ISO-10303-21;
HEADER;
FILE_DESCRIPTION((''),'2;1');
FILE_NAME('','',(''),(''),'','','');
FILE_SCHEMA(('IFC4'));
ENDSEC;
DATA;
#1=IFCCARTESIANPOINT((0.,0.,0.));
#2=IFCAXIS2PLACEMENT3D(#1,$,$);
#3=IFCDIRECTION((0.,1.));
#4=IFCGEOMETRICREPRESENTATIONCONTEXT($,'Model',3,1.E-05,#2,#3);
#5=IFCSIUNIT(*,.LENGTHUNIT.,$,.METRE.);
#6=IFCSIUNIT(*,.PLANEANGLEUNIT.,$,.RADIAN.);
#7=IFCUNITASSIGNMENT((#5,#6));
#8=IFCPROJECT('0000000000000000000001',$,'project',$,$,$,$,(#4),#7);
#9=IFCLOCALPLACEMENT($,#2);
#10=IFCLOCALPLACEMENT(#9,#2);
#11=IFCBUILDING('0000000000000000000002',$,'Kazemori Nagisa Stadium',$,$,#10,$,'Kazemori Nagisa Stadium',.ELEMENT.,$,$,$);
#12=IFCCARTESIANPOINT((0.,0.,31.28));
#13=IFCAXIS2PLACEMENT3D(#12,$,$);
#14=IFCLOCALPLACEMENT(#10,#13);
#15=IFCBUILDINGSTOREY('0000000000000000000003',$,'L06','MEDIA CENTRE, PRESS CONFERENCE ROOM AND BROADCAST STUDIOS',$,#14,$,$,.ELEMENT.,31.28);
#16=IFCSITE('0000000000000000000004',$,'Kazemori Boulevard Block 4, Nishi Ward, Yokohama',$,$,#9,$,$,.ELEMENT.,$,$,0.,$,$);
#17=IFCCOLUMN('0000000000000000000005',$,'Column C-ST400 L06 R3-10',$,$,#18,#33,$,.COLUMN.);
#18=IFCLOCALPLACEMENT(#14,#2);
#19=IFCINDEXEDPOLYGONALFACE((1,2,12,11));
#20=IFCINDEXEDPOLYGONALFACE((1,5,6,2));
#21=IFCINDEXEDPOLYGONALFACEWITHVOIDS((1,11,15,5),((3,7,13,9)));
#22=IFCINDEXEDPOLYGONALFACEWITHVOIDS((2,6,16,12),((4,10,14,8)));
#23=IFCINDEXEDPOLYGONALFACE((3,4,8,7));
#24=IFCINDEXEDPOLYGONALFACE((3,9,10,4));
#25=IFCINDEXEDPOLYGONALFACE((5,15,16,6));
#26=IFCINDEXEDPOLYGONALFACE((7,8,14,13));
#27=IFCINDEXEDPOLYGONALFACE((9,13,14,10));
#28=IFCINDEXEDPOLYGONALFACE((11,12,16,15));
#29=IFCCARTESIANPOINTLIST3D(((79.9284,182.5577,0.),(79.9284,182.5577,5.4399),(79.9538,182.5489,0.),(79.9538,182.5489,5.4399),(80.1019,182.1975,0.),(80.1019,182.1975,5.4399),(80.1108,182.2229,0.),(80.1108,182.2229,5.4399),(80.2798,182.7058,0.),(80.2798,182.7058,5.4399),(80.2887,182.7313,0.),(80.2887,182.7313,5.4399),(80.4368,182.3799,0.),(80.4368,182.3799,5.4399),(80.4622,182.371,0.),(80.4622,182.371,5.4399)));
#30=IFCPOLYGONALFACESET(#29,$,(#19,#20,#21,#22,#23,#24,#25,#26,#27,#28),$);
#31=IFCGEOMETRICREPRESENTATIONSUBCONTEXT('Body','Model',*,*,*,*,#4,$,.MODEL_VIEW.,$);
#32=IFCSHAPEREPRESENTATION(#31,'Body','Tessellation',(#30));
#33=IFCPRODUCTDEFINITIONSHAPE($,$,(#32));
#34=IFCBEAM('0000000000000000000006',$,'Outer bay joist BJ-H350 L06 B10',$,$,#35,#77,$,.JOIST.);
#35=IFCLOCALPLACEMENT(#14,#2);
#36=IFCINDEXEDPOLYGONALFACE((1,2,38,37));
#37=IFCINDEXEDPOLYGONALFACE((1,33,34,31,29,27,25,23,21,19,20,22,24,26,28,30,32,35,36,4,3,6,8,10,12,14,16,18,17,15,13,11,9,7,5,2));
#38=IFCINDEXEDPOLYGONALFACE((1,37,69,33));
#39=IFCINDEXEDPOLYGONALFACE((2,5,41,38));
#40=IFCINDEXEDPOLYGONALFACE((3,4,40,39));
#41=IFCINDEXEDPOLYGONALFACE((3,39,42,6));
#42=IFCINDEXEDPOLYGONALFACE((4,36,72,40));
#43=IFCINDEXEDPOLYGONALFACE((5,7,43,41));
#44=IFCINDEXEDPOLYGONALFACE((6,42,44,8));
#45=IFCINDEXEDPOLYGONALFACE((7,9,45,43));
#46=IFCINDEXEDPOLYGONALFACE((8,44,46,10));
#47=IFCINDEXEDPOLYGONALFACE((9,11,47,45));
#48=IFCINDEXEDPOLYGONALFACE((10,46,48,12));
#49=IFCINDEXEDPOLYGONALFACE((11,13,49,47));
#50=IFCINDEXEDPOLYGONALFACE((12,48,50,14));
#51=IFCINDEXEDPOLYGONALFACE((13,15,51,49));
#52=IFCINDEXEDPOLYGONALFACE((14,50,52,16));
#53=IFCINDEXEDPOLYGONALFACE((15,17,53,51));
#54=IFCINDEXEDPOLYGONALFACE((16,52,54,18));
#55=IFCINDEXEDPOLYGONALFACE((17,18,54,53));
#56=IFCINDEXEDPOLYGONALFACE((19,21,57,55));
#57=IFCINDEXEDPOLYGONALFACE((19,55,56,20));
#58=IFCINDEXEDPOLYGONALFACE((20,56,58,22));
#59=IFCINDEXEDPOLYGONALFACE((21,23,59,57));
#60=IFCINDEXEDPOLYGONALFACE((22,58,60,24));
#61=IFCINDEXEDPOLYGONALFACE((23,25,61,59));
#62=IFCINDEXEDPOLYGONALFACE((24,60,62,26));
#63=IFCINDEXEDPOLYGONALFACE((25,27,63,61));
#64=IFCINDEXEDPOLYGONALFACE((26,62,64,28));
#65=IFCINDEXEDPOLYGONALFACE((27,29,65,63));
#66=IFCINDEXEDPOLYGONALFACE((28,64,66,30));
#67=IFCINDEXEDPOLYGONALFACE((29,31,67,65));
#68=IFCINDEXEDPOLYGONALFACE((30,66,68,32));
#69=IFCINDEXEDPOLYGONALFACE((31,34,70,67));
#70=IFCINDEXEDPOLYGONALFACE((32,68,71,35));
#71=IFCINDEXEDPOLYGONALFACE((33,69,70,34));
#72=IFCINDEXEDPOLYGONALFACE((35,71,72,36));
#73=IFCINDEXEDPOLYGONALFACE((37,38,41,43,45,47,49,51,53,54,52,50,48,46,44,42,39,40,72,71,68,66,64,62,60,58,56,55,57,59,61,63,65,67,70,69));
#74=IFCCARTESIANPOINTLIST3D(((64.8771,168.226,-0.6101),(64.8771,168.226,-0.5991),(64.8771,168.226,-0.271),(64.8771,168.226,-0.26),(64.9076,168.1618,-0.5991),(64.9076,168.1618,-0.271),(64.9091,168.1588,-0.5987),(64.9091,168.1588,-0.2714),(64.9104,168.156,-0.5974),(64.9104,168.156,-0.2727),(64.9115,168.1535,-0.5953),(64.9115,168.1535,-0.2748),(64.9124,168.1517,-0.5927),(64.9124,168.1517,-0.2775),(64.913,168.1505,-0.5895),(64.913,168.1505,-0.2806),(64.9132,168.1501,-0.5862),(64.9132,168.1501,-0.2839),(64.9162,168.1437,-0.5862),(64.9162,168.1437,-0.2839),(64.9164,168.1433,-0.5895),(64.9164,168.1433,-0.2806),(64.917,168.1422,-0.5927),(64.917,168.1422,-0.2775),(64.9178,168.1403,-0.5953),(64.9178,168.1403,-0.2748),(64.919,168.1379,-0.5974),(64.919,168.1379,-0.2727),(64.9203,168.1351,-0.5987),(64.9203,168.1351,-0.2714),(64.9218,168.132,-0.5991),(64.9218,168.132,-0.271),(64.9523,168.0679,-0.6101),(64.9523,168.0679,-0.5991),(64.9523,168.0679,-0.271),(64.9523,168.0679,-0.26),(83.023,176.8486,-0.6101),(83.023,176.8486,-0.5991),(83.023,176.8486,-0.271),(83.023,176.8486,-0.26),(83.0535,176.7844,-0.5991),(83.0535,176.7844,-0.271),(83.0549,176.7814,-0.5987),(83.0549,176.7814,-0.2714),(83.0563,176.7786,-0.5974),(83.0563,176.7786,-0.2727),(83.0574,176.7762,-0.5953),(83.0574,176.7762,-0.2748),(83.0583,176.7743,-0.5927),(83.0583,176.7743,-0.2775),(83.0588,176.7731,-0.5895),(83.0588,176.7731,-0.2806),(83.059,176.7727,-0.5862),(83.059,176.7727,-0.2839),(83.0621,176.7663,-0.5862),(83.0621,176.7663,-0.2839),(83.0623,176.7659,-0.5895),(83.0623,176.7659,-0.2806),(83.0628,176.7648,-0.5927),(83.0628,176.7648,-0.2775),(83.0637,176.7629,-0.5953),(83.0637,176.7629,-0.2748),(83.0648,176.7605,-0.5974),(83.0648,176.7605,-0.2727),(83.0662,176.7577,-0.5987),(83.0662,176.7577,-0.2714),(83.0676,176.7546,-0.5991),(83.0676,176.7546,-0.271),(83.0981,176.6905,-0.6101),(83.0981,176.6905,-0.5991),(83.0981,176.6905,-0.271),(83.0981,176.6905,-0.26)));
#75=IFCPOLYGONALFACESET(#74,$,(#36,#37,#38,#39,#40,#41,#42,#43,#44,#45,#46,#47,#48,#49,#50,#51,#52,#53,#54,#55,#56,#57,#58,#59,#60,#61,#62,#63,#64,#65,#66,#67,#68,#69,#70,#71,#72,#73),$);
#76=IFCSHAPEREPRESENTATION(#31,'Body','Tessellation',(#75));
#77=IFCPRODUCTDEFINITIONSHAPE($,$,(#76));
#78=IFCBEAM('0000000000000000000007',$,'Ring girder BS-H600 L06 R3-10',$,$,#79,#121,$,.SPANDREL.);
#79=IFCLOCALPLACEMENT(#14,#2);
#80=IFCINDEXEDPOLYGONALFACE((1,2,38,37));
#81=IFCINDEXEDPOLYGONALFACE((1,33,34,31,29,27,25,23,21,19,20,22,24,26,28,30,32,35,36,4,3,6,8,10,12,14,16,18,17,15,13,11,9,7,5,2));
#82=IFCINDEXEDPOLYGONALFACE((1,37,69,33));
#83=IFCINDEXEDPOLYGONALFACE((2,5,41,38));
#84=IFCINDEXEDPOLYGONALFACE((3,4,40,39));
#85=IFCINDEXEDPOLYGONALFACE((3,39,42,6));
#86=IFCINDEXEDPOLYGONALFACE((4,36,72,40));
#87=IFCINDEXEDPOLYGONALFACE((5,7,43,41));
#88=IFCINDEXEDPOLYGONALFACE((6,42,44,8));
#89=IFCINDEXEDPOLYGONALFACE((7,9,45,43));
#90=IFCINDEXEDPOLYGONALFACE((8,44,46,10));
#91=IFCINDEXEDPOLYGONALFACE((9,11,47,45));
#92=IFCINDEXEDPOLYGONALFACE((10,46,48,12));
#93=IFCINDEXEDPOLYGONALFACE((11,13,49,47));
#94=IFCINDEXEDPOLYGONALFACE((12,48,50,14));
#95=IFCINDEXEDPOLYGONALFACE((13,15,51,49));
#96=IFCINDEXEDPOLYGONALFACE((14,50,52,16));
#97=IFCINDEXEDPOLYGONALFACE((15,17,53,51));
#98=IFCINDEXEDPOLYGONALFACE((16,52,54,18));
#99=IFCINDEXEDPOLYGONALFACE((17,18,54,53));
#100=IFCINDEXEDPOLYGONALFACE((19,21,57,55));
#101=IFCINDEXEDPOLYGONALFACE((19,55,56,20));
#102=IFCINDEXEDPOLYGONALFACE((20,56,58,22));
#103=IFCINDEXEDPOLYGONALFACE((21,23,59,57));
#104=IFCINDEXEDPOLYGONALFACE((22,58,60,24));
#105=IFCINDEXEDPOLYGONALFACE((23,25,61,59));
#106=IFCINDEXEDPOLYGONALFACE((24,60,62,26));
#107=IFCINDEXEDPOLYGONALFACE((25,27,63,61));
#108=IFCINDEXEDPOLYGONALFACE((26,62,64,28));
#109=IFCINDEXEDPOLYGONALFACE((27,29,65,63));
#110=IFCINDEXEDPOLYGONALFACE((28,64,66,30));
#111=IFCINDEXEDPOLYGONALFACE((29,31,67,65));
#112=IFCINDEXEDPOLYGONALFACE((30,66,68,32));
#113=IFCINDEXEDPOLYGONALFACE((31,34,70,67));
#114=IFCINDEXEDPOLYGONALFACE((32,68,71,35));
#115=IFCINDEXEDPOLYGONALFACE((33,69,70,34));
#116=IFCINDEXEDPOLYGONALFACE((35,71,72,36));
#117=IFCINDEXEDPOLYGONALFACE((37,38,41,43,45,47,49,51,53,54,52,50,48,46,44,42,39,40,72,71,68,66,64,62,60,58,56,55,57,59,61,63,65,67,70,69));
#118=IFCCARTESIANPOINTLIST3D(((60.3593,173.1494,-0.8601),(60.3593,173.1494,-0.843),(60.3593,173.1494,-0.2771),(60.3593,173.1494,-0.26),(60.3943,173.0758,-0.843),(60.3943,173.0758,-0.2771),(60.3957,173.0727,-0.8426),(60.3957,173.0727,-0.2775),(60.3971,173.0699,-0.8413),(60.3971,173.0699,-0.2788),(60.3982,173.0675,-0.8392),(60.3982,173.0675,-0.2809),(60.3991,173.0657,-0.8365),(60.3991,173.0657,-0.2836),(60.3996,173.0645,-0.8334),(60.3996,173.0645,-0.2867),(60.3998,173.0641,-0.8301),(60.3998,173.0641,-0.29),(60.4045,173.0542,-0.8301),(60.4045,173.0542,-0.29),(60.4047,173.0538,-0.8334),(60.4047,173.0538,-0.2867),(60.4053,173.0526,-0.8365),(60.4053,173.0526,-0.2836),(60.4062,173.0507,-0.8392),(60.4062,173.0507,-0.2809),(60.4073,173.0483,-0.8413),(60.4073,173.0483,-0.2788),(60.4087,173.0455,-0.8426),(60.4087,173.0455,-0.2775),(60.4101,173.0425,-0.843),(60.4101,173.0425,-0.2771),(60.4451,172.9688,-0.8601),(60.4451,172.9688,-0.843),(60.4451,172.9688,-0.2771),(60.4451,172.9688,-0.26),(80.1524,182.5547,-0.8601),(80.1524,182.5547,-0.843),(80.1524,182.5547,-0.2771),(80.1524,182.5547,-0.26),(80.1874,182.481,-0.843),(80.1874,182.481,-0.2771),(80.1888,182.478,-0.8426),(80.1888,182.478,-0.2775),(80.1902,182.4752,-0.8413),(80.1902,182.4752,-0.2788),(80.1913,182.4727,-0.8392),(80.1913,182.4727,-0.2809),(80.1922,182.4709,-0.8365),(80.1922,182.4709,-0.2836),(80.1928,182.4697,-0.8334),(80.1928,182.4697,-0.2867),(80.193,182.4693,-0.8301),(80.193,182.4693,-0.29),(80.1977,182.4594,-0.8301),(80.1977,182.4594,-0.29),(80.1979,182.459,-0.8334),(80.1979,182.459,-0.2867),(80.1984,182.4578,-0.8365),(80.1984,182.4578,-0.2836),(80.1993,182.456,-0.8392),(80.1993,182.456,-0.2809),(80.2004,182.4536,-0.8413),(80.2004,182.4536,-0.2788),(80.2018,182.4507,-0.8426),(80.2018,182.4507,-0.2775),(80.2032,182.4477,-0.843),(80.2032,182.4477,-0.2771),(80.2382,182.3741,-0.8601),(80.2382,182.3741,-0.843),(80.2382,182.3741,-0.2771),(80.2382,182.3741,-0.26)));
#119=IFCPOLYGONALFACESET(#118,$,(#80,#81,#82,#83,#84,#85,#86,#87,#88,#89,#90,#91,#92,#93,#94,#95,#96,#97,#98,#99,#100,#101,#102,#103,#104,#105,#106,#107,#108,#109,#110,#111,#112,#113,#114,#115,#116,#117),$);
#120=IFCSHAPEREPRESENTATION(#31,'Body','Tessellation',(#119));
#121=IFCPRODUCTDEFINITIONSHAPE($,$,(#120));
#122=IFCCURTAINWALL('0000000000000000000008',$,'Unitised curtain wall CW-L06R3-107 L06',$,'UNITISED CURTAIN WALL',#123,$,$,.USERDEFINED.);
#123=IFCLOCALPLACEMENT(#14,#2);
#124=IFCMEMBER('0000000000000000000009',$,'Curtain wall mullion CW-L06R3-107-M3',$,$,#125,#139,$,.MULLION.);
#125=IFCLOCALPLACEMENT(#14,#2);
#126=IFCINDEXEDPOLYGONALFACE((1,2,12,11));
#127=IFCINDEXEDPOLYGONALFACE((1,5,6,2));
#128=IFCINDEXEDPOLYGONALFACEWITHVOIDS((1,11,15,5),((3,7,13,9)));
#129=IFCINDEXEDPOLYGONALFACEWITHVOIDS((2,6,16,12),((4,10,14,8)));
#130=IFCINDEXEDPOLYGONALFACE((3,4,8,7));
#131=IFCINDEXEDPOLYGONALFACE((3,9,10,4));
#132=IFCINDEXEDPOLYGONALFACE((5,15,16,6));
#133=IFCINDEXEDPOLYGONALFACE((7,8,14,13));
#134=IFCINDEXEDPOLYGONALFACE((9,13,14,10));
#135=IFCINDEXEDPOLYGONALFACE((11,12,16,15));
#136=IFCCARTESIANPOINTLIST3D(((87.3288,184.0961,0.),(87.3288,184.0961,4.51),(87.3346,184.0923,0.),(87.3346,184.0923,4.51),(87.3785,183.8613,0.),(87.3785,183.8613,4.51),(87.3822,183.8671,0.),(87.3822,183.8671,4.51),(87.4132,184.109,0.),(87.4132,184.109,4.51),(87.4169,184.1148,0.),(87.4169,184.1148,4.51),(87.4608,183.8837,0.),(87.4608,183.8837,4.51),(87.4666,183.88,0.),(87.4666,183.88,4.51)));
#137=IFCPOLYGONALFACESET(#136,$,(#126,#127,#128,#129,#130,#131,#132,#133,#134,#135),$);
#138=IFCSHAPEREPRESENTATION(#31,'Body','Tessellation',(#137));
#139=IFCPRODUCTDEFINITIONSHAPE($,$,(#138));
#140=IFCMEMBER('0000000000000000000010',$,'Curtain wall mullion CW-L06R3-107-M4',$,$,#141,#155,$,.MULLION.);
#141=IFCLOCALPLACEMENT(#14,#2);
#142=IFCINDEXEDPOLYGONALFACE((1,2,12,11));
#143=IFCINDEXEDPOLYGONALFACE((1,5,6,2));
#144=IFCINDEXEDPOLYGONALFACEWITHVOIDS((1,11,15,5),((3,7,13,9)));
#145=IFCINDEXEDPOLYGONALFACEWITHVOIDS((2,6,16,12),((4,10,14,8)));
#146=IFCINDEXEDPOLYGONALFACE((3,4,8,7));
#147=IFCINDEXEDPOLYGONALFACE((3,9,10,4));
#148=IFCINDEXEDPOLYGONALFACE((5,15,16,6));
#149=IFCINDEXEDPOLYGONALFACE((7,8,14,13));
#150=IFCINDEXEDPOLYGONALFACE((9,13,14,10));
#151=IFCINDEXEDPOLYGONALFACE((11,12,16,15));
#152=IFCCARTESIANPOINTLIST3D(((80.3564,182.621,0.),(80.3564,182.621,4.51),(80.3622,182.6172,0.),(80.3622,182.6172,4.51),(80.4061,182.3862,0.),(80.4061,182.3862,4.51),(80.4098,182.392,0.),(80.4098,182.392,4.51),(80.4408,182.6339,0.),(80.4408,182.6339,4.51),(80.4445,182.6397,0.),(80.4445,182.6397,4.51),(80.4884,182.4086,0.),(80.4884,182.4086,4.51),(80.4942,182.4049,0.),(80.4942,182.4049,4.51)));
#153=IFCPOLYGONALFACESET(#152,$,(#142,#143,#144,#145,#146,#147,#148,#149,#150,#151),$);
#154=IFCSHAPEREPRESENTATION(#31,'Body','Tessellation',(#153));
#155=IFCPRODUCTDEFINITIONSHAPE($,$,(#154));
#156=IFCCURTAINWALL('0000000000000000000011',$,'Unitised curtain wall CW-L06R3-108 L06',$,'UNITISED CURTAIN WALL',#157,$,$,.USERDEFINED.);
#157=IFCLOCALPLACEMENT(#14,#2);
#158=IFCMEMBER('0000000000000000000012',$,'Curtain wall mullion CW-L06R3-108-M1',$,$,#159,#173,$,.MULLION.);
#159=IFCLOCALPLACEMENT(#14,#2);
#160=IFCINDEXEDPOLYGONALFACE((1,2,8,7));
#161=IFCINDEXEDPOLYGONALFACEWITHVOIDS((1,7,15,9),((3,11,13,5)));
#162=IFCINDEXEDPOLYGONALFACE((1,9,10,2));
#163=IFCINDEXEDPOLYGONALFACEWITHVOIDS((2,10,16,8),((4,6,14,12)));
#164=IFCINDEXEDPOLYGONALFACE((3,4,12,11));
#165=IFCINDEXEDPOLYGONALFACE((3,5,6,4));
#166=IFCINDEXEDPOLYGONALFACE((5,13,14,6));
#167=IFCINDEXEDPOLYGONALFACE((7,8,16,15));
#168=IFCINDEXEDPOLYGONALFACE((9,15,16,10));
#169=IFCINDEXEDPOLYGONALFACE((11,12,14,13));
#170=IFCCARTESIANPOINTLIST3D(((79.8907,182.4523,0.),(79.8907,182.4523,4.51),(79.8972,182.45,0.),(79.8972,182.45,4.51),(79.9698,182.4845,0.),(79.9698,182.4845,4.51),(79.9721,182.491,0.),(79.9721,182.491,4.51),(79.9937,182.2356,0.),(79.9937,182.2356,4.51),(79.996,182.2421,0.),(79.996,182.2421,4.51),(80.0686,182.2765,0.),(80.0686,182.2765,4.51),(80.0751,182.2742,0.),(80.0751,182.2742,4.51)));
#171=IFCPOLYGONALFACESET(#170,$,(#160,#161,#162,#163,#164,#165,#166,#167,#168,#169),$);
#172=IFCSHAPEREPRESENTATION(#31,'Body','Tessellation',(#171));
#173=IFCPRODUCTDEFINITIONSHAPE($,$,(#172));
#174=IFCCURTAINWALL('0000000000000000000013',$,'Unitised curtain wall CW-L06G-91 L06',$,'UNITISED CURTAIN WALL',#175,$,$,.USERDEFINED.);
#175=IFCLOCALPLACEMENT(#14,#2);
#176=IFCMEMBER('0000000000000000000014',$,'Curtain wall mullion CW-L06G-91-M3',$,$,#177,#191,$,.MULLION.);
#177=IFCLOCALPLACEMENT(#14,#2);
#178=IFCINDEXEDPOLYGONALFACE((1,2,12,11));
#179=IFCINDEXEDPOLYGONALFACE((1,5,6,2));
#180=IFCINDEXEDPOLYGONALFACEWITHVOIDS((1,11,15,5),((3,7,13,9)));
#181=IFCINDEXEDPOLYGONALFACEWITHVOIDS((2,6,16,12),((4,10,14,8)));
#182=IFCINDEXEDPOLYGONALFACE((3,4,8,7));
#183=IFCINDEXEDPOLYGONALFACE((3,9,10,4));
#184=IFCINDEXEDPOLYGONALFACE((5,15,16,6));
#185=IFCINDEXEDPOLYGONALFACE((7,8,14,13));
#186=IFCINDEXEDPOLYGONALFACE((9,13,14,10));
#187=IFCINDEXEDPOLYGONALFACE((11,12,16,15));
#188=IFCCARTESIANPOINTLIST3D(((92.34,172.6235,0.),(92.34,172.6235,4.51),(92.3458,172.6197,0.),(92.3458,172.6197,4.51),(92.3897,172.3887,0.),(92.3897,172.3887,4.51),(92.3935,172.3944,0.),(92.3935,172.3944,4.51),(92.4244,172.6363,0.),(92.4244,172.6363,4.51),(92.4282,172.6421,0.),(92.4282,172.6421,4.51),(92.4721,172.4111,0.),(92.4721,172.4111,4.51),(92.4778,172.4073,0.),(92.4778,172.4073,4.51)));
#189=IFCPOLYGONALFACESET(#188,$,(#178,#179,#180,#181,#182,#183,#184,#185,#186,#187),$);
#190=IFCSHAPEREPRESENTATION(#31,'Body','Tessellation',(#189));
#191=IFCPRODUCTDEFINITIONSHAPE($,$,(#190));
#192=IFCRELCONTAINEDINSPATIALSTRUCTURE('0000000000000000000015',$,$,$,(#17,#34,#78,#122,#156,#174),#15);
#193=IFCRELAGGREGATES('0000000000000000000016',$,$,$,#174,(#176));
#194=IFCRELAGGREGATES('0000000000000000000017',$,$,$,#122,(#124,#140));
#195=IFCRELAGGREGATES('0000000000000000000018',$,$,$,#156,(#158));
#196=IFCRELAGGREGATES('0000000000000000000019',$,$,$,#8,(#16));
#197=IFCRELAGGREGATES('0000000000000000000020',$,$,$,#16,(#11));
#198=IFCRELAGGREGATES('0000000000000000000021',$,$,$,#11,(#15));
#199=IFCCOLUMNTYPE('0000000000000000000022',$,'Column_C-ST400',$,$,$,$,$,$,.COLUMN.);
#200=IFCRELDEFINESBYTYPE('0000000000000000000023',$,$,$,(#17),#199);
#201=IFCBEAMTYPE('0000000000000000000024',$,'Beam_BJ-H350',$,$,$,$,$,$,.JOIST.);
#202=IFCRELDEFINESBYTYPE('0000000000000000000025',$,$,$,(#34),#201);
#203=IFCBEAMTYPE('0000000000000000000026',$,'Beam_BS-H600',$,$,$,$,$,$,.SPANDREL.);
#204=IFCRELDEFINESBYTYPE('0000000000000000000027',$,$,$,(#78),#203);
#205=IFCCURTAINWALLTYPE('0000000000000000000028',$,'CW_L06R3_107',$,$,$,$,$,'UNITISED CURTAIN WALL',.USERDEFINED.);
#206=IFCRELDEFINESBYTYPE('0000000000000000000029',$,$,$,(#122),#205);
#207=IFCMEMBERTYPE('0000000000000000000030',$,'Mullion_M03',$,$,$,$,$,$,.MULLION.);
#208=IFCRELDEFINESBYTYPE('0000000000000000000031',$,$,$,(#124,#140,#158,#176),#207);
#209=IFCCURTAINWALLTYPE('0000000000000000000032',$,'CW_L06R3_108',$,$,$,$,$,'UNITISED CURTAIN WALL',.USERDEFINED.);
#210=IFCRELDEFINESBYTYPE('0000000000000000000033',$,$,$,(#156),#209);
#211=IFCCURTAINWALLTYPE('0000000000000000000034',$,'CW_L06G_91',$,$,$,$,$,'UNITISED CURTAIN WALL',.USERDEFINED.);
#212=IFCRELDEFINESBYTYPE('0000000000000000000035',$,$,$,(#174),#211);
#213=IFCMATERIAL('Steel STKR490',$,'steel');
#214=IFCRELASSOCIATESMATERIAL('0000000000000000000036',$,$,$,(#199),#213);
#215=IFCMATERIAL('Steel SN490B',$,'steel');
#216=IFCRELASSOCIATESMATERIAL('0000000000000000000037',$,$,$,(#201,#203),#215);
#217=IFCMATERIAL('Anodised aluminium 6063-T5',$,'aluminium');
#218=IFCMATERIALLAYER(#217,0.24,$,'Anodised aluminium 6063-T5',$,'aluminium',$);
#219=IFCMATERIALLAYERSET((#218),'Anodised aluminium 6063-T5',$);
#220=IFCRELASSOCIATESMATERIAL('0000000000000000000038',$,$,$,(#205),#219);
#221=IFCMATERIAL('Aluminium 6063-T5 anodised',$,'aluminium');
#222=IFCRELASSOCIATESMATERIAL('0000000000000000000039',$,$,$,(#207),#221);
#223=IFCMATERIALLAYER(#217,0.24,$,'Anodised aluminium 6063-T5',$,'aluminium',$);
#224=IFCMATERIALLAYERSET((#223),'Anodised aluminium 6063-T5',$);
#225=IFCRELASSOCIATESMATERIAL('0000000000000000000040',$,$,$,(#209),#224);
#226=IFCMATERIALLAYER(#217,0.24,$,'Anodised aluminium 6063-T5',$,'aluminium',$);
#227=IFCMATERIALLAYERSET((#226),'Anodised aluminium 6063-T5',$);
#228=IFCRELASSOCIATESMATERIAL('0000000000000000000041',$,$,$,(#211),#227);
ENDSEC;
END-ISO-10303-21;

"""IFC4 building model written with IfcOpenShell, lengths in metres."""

from ifc_helpers import new_model, si_unit, direction, frame, origin, origin_2d, place, context, subcontext, project, spatial, hollow_rectangle, i_section, extrude, material, layer, layer_set, material_profile, profile_set, type_object, element, aggregate, save


model = new_model("IFC4")

# Units and contexts
model_context = context("Model", 3, precision=1e-05, world=origin(), true_north=direction((0.0, 1.0)))
body_context = subcontext(model_context, "Body", "Model", "MODEL_VIEW")
ifc_project = project(units=[si_unit("LENGTHUNIT", "METRE"), si_unit("PLANEANGLEUNIT", "RADIAN")], contexts=[model_context])

# Site, building, storey
site_placement = place(None, origin())
site = spatial("IfcSite", under=ifc_project, at=site_placement, Name="Kazemori Boulevard Block 4, Nishi Ward, Yokohama", CompositionType="ELEMENT", RefElevation=0.0)
building_placement = place(site_placement, origin())
building = spatial("IfcBuilding", under=site, at=building_placement, Name="Kazemori Nagisa Stadium", LongName="Kazemori Nagisa Stadium", CompositionType="ELEMENT")
storey_placement = place(building_placement, frame((0.0, 0.0, 31.28)))
storey = spatial("IfcBuildingStorey", under=building, at=storey_placement, Name="L06", Description="MEDIA CENTRE, PRESS CONFERENCE ROOM AND BROADCAST STUDIOS", CompositionType="ELEMENT", Elevation=31.28)

# Column
ifc_material_1 = material(Name="Steel STKR490", Category="steel")
ifc_material_profile_1 = material_profile(ifc_material_1, hollow_rectangle(XDim=0.3999, YDim=0.3999, WallThickness=0.019, at=origin_2d()), Name="SHS-400x400x19")
ifc_profile_set_1 = profile_set([ifc_material_profile_1], Name="Steel STKR490")
column_type = type_object("IfcColumnType", Name="Column_C-ST400", PredefinedType="COLUMN", material=ifc_profile_set_1)
column_placement = place(storey_placement, frame((80.1953, 182.4644, 0.0), z_axis=(0.0, 0.0, 1.0), x_axis=(-0.433884, 0.900969, 0.0)))
element("IfcColumn", 1, at=column_placement, inside=storey, type_object=column_type, Name="Column C-ST400 L06 R3-10", PredefinedType="COLUMN", context=body_context, shape_type="SweptSolid", body=[
    extrude(hollow_rectangle(XDim=0.3999, YDim=0.3999, WallThickness=0.019, at=origin_2d()), origin(), (0.0, 0.0, 1.0), 5.4399),
])

# Beams
ifc_material_2 = material(Name="Steel SN490B", Category="steel")
ifc_material_profile_2 = material_profile(ifc_material_2, i_section(OverallWidth=0.175, OverallDepth=0.3501, WebThickness=0.0071, FlangeThickness=0.011, FilletRadius=0.0129, at=origin_2d()), Name="H-350x175x7x11")
ifc_profile_set_2 = profile_set([ifc_material_profile_2], Name="Steel SN490B")
beam_type_1 = type_object("IfcBeamType", Name="Beam_BJ-H350", PredefinedType="JOIST", material=ifc_profile_set_2)
beam_1_placement = place(storey_placement, frame((83.0605, 176.7695, -0.4351), z_axis=(-0.903213, -0.429192, 0.0), x_axis=(0.429192, -0.903213, 0.0)))
element("IfcBeam", 2, at=beam_1_placement, inside=storey, type_object=beam_type_1, Name="Outer bay joist BJ-H350 L06 B10", PredefinedType="JOIST", context=body_context, shape_type="SweptSolid", body=[
    extrude(i_section(OverallWidth=0.175, OverallDepth=0.3501, WebThickness=0.0071, FlangeThickness=0.011, FilletRadius=0.0129, at=origin_2d()), origin(), (0.0, 0.0, 1.0), 20.0903),
])
ifc_material_profile_3 = material_profile(ifc_material_2, i_section(OverallWidth=0.2, OverallDepth=0.6001, WebThickness=0.011, FlangeThickness=0.0171, FilletRadius=0.0129, at=origin_2d()), Name="H-600x200x11x17")
ifc_profile_set_3 = profile_set([ifc_material_profile_3], Name="Steel SN490B")
beam_type_2 = type_object("IfcBeamType", Name="Beam_BS-H600", PredefinedType="SPANDREL", material=ifc_profile_set_3)
beam_2_placement = place(storey_placement, frame((80.1953, 182.4644, -0.5601), z_axis=(-0.903216, -0.429187, 0.0), x_axis=(0.429187, -0.903216, 0.0)))
element("IfcBeam", 3, at=beam_2_placement, inside=storey, type_object=beam_type_2, Name="Ring girder BS-H600 L06 R3-10", PredefinedType="SPANDREL", context=body_context, shape_type="SweptSolid", body=[
    extrude(i_section(OverallWidth=0.2, OverallDepth=0.6001, WebThickness=0.011, FlangeThickness=0.0171, FilletRadius=0.0129, at=origin_2d()), origin(), (0.0, 0.0, 1.0), 21.9141),
])

# Curtain wall, members
ifc_material_3 = material(Name="Anodised aluminium 6063-T5", Category="aluminium")
ifc_layer_1 = layer(ifc_material_3, 0.24, Name="Anodised aluminium 6063-T5", Category="aluminium")
ifc_layer_set_1 = layer_set([ifc_layer_1], Name="Anodised aluminium 6063-T5")
curtain_wall_type_1 = type_object("IfcCurtainWallType", Name="CW_L06R3_107", ElementType="UNITISED CURTAIN WALL", PredefinedType="USERDEFINED", material=ifc_layer_set_1)
curtain_wall_1_placement = place(storey_placement, origin())
curtain_wall_1 = element("IfcCurtainWall", 4, at=curtain_wall_1_placement, inside=storey, type_object=curtain_wall_type_1, Name="Unitised curtain wall CW-L06R3-107 L06", ObjectType="UNITISED CURTAIN WALL", PredefinedType="USERDEFINED")
ifc_material_4 = material(Name="Aluminium 6063-T5 anodised", Category="aluminium")
ifc_material_profile_4 = material_profile(ifc_material_4, hollow_rectangle(XDim=0.0901, YDim=0.24, WallThickness=0.0049, at=origin_2d()), Name="ALU-MULL-90x240x5")
ifc_profile_set_4 = profile_set([ifc_material_profile_4], Name="Aluminium 6063-T5 anodised")
member_type_1 = type_object("IfcMemberType", Name="Mullion_M03", PredefinedType="MULLION", material=ifc_profile_set_4)
member_1_placement = place(storey_placement, frame((87.3977, 183.988, 0.0), z_axis=(0.0, 0.0, 1.0), x_axis=(-0.978345, -0.206981, 0.0)))
member_1 = element("IfcMember", 5, at=member_1_placement, type_object=member_type_1, Name="Curtain wall mullion CW-L06R3-107-M3", PredefinedType="MULLION", context=body_context, shape_type="SweptSolid", body=[
    extrude(hollow_rectangle(XDim=0.0901, YDim=0.24, WallThickness=0.0049, at=origin_2d()), origin(), (0.0, 0.0, 1.0), 4.51),
])
member_2_placement = place(storey_placement, frame((80.4253, 182.5129, 0.0), z_axis=(0.0, 0.0, 1.0), x_axis=(-0.978345, -0.206981, 0.0)))
member_2 = element("IfcMember", 6, at=member_2_placement, type_object=member_type_1, Name="Curtain wall mullion CW-L06R3-107-M4", PredefinedType="MULLION", context=body_context, shape_type="SweptSolid", body=[
    extrude(hollow_rectangle(XDim=0.0901, YDim=0.24, WallThickness=0.0049, at=origin_2d()), origin(), (0.0, 0.0, 1.0), 4.51),
])

# Curtain walls, members
ifc_layer_2 = layer(ifc_material_3, 0.24, Name="Anodised aluminium 6063-T5", Category="aluminium")
ifc_layer_set_2 = layer_set([ifc_layer_2], Name="Anodised aluminium 6063-T5")
curtain_wall_type_2 = type_object("IfcCurtainWallType", Name="CW_L06R3_108", ElementType="UNITISED CURTAIN WALL", PredefinedType="USERDEFINED", material=ifc_layer_set_2)
curtain_wall_2_placement = place(storey_placement, origin())
curtain_wall_2 = element("IfcCurtainWall", 7, at=curtain_wall_2_placement, inside=storey, type_object=curtain_wall_type_2, Name="Unitised curtain wall CW-L06R3-108 L06", ObjectType="UNITISED CURTAIN WALL", PredefinedType="USERDEFINED")
member_3_placement = place(storey_placement, frame((79.9829, 182.3633, 0.0), z_axis=(0.0, 0.0, 1.0), x_axis=(-0.903216, -0.429186, 0.0)))
member_3 = element("IfcMember", 8, at=member_3_placement, type_object=member_type_1, Name="Curtain wall mullion CW-L06R3-108-M1", PredefinedType="MULLION", context=body_context, shape_type="SweptSolid", body=[
    extrude(hollow_rectangle(XDim=0.0901, YDim=0.24, WallThickness=0.0049, at=origin_2d()), origin(), (0.0, 0.0, 1.0), 4.51),
])
ifc_layer_3 = layer(ifc_material_3, 0.24, Name="Anodised aluminium 6063-T5", Category="aluminium")
ifc_layer_set_3 = layer_set([ifc_layer_3], Name="Anodised aluminium 6063-T5")
curtain_wall_type_3 = type_object("IfcCurtainWallType", Name="CW_L06G_91", ElementType="UNITISED CURTAIN WALL", PredefinedType="USERDEFINED", material=ifc_layer_set_3)
curtain_wall_3_placement = place(storey_placement, origin())
curtain_wall_3 = element("IfcCurtainWall", 9, at=curtain_wall_3_placement, inside=storey, type_object=curtain_wall_type_3, Name="Unitised curtain wall CW-L06G-91 L06", ObjectType="UNITISED CURTAIN WALL", PredefinedType="USERDEFINED")
member_4_placement = place(storey_placement, frame((92.4089, 172.5154, 0.0), z_axis=(0.0, 0.0, 1.0), x_axis=(-0.978345, -0.206981, 0.0)))
member_4 = element("IfcMember", 10, at=member_4_placement, type_object=member_type_1, Name="Curtain wall mullion CW-L06G-91-M3", PredefinedType="MULLION", context=body_context, shape_type="SweptSolid", body=[
    extrude(hollow_rectangle(XDim=0.0901, YDim=0.24, WallThickness=0.0049, at=origin_2d()), origin(), (0.0, 0.0, 1.0), 4.51),
])
aggregate(curtain_wall_3, [member_4])

aggregate(curtain_wall_1, [member_1, member_2])
aggregate(curtain_wall_2, [member_3])

save(model, "model.ifc")
